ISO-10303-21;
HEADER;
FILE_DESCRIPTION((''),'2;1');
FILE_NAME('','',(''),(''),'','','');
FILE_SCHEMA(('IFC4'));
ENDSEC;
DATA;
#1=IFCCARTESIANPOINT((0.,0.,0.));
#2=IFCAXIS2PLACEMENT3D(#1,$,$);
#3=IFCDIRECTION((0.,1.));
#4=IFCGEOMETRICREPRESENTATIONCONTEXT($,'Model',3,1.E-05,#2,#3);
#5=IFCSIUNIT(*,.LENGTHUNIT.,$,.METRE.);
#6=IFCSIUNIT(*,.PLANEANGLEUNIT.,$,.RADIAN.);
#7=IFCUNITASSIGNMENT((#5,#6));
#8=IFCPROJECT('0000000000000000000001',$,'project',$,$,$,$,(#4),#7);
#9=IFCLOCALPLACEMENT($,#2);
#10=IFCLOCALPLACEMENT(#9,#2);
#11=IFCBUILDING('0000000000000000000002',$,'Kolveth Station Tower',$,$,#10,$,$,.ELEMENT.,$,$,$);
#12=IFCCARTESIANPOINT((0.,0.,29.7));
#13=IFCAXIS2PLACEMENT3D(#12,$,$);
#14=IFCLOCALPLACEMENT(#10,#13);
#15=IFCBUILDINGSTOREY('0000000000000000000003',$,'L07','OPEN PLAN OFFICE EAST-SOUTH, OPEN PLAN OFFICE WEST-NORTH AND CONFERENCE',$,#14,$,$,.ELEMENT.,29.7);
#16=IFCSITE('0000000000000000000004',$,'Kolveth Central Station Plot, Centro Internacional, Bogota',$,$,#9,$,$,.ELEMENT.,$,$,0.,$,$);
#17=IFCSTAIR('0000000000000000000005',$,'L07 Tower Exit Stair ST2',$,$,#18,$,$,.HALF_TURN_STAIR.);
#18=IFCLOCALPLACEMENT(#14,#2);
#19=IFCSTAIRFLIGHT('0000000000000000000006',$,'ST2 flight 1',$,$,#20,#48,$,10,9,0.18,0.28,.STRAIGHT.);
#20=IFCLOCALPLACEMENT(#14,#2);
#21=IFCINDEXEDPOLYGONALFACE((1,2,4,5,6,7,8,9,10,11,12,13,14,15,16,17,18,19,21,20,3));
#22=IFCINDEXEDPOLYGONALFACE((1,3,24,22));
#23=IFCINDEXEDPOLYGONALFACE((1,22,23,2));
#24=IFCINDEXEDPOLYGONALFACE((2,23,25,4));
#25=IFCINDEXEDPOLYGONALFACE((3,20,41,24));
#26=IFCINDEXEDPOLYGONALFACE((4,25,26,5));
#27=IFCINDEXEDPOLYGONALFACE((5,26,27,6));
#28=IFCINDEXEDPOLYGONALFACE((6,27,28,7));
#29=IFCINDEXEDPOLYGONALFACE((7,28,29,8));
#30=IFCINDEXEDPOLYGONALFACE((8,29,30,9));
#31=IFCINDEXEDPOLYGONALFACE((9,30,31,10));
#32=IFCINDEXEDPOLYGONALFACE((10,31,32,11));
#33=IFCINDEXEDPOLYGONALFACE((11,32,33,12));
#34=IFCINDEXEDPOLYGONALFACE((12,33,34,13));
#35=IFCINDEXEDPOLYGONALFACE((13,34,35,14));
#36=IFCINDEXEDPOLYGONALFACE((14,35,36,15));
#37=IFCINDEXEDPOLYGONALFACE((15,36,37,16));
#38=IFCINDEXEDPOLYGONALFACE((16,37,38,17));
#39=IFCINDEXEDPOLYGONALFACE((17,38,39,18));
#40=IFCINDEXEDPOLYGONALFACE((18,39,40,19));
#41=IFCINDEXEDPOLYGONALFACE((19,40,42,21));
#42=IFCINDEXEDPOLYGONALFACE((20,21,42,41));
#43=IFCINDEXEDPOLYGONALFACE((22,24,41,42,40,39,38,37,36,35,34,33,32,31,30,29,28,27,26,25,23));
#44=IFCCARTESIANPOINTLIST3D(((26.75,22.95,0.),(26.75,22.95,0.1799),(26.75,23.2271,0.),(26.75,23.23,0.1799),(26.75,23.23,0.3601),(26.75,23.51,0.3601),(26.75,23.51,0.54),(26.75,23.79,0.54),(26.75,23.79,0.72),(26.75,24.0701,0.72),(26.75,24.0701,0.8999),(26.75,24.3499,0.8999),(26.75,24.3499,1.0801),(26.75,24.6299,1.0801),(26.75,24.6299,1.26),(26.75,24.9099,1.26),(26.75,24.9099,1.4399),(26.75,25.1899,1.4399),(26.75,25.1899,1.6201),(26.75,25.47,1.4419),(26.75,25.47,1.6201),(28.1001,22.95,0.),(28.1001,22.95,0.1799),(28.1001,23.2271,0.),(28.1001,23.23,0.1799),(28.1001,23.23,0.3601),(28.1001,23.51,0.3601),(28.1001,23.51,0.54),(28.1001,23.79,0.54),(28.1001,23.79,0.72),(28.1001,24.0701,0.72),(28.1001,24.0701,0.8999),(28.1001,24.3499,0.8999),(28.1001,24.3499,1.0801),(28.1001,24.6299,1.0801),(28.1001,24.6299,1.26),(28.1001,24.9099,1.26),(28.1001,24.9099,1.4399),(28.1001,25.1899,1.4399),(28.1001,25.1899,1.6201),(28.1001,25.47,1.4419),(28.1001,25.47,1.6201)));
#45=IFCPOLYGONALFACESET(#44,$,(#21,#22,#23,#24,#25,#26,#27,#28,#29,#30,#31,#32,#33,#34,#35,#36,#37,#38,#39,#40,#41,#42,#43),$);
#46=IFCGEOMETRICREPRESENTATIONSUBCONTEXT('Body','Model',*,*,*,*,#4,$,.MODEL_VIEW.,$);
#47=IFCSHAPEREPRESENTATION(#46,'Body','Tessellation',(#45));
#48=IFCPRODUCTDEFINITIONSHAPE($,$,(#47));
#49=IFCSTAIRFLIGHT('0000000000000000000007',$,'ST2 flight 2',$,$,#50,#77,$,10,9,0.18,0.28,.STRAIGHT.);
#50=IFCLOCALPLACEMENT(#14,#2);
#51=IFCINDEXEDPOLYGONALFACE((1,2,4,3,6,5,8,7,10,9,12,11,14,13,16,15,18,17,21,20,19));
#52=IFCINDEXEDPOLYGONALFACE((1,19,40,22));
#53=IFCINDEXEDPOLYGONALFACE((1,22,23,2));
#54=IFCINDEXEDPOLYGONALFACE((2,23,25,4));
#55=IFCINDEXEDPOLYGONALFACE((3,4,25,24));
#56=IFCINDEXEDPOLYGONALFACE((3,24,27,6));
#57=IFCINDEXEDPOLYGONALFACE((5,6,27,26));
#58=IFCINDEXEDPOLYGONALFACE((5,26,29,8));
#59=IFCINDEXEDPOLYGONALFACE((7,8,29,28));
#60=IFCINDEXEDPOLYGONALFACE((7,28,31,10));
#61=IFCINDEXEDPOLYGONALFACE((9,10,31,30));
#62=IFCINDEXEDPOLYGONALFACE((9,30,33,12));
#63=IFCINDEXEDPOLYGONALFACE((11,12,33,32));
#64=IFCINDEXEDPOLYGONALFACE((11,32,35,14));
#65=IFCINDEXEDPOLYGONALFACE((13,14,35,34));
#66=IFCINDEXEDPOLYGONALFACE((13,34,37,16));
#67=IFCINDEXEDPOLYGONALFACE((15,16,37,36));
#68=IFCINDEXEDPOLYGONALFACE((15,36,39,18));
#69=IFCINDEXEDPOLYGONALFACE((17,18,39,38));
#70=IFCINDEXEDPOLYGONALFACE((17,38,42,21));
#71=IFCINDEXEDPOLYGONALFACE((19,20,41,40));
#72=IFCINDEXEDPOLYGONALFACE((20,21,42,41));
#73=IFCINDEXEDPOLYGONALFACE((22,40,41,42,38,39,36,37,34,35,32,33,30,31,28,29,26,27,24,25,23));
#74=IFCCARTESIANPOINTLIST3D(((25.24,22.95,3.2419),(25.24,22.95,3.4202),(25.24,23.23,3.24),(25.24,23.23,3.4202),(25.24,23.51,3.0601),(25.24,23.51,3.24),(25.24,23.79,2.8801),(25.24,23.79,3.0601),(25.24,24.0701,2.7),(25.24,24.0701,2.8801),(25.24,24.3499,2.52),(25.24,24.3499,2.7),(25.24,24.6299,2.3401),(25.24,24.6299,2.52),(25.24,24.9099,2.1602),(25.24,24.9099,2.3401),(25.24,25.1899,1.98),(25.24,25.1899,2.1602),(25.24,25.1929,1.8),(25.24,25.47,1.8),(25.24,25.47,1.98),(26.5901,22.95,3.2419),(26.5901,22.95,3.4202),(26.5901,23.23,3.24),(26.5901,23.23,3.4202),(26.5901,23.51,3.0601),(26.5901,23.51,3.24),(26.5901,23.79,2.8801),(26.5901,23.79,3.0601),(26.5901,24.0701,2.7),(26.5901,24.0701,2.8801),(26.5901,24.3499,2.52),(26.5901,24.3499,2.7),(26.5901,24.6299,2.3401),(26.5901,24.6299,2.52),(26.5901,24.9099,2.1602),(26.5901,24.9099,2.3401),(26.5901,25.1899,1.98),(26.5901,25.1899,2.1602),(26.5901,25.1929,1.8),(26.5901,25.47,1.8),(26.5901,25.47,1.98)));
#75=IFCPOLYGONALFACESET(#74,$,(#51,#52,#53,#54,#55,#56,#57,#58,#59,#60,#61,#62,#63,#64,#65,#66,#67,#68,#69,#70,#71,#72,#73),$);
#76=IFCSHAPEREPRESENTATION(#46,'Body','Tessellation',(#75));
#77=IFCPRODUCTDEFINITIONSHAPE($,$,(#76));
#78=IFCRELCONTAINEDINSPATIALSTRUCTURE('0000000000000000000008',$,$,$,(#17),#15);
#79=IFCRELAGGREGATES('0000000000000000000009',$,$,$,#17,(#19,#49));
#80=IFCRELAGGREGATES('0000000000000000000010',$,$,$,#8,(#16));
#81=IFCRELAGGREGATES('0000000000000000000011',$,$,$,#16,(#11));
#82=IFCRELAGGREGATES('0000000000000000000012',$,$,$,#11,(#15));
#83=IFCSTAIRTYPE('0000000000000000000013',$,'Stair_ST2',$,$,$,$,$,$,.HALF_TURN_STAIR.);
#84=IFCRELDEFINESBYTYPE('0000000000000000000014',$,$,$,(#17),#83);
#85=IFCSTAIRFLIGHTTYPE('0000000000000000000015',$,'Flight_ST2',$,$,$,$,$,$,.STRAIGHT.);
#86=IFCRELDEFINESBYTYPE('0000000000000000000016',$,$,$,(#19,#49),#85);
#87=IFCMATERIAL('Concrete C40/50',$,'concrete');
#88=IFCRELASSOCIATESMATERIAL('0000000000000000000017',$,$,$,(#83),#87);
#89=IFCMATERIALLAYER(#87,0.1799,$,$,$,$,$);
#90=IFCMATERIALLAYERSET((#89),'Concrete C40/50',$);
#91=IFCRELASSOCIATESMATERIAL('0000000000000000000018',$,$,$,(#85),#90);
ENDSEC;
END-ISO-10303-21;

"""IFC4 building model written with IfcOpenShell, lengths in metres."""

from ifc_helpers import new_model, si_unit, direction, frame, origin, place, context, subcontext, project, spatial, polyline, outline, extrude, material, layer, layer_set, type_object, element, aggregate, save


model = new_model("IFC4")

# Units and contexts
model_context = context("Model", 3, precision=1e-05, world=origin(), true_north=direction((0.0, 1.0)))
body_context = subcontext(model_context, "Body", "Model", "MODEL_VIEW")
ifc_project = project(units=[si_unit("LENGTHUNIT", "METRE"), si_unit("PLANEANGLEUNIT", "RADIAN")], contexts=[model_context])

# Site, building, storey
site_placement = place(None, origin())
site = spatial("IfcSite", under=ifc_project, at=site_placement, Name="Kolveth Central Station Plot, Centro Internacional, Bogota", CompositionType="ELEMENT", RefElevation=0.0)
building_placement = place(site_placement, origin())
building = spatial("IfcBuilding", under=site, at=building_placement, Name="Kolveth Station Tower", CompositionType="ELEMENT")
storey_placement = place(building_placement, frame((0.0, 0.0, 29.7)))
storey = spatial("IfcBuildingStorey", under=building, at=storey_placement, Name="L07", Description="OPEN PLAN OFFICE EAST-SOUTH, OPEN PLAN OFFICE WEST-NORTH AND CONFERENCE", CompositionType="ELEMENT", Elevation=29.7)

# Shared definitions
ifc_material_1 = material(Name="Concrete C40/50", Category="concrete")

# Stair, stair flights
stair_type = type_object("IfcStairType", Name="Stair_ST2", PredefinedType="HALF_TURN_STAIR", material=ifc_material_1)
stair_placement = place(storey_placement, origin())
stair = element("IfcStair", 1, at=stair_placement, inside=storey, type_object=stair_type, Name="L07 Tower Exit Stair ST2", PredefinedType="HALF_TURN_STAIR")
ifc_layer_1 = layer(ifc_material_1, 0.1799)
ifc_layer_set_1 = layer_set([ifc_layer_1], Name="Concrete C40/50")
stair_flight_type = type_object("IfcStairFlightType", Name="Flight_ST2", PredefinedType="STRAIGHT", material=ifc_layer_set_1)
stair_flight_1_placement = place(storey_placement, frame((27.425, 22.95, 0.0), z_axis=(0.0, 0.0, 1.0), x_axis=(0.0, 1.0, 0.0)))
stair_flight_1 = element("IfcStairFlight", 2, at=stair_flight_1_placement, type_object=stair_flight_type, Name="ST2 flight 1", NumberOfRisers=10, NumberOfTreads=9, PredefinedType="STRAIGHT", RiserHeight=0.18, TreadLength=0.28, context=body_context, shape_type="SweptSolid", body=[
    extrude(outline(polyline([(0.0, 0.0), (0.0, 0.1799), (0.28, 0.1799), (0.28, 0.3601), (0.5601, 0.3601), (0.5601, 0.54), (0.8401, 0.54), (0.8401, 0.72), (1.1201, 0.72), (1.1201, 0.8999), (1.3999, 0.8999), (1.3999, 1.0801), (1.6799, 1.0801), (1.6799, 1.26), (1.96, 1.26), (1.96, 1.4399), (2.24, 1.4399), (2.24, 1.6201), (2.52, 1.6201), (2.52, 1.8), (2.52, 1.4419), (0.2771, 0.0), (0.0, 0.0)])), frame((0.0, 0.675, 0.0), z_axis=(0.0, -1.0, 0.0), x_axis=(1.0, 0.0, 0.0)), (0.0, 0.0, 1.0), 1.3501),
])
stair_flight_2_placement = place(storey_placement, frame((25.915, 25.47, 1.8), z_axis=(0.0, 0.0, 1.0), x_axis=(0.0, -1.0, 0.0)))
stair_flight_2 = element("IfcStairFlight", 3, at=stair_flight_2_placement, type_object=stair_flight_type, Name="ST2 flight 2", NumberOfRisers=10, NumberOfTreads=9, PredefinedType="STRAIGHT", RiserHeight=0.18, TreadLength=0.28, context=body_context, shape_type="SweptSolid", body=[
    extrude(outline(polyline([(0.0, 0.0), (0.0, 0.1799), (0.28, 0.1799), (0.28, 0.3601), (0.5601, 0.3601), (0.5601, 0.54), (0.8401, 0.54), (0.8401, 0.72), (1.1201, 0.72), (1.1201, 0.8999), (1.3999, 0.8999), (1.3999, 1.0801), (1.6799, 1.0801), (1.6799, 1.26), (1.96, 1.26), (1.96, 1.4399), (2.24, 1.4399), (2.24, 1.6201), (2.52, 1.6201), (2.52, 1.8), (2.52, 1.4419), (0.2771, 0.0), (0.0, 0.0)])), frame((0.0, 0.675, 0.0), z_axis=(0.0, -1.0, 0.0), x_axis=(1.0, 0.0, 0.0)), (0.0, 0.0, 1.0), 1.3501),
])
aggregate(stair, [stair_flight_1, stair_flight_2])

save(model, "model.ifc")
